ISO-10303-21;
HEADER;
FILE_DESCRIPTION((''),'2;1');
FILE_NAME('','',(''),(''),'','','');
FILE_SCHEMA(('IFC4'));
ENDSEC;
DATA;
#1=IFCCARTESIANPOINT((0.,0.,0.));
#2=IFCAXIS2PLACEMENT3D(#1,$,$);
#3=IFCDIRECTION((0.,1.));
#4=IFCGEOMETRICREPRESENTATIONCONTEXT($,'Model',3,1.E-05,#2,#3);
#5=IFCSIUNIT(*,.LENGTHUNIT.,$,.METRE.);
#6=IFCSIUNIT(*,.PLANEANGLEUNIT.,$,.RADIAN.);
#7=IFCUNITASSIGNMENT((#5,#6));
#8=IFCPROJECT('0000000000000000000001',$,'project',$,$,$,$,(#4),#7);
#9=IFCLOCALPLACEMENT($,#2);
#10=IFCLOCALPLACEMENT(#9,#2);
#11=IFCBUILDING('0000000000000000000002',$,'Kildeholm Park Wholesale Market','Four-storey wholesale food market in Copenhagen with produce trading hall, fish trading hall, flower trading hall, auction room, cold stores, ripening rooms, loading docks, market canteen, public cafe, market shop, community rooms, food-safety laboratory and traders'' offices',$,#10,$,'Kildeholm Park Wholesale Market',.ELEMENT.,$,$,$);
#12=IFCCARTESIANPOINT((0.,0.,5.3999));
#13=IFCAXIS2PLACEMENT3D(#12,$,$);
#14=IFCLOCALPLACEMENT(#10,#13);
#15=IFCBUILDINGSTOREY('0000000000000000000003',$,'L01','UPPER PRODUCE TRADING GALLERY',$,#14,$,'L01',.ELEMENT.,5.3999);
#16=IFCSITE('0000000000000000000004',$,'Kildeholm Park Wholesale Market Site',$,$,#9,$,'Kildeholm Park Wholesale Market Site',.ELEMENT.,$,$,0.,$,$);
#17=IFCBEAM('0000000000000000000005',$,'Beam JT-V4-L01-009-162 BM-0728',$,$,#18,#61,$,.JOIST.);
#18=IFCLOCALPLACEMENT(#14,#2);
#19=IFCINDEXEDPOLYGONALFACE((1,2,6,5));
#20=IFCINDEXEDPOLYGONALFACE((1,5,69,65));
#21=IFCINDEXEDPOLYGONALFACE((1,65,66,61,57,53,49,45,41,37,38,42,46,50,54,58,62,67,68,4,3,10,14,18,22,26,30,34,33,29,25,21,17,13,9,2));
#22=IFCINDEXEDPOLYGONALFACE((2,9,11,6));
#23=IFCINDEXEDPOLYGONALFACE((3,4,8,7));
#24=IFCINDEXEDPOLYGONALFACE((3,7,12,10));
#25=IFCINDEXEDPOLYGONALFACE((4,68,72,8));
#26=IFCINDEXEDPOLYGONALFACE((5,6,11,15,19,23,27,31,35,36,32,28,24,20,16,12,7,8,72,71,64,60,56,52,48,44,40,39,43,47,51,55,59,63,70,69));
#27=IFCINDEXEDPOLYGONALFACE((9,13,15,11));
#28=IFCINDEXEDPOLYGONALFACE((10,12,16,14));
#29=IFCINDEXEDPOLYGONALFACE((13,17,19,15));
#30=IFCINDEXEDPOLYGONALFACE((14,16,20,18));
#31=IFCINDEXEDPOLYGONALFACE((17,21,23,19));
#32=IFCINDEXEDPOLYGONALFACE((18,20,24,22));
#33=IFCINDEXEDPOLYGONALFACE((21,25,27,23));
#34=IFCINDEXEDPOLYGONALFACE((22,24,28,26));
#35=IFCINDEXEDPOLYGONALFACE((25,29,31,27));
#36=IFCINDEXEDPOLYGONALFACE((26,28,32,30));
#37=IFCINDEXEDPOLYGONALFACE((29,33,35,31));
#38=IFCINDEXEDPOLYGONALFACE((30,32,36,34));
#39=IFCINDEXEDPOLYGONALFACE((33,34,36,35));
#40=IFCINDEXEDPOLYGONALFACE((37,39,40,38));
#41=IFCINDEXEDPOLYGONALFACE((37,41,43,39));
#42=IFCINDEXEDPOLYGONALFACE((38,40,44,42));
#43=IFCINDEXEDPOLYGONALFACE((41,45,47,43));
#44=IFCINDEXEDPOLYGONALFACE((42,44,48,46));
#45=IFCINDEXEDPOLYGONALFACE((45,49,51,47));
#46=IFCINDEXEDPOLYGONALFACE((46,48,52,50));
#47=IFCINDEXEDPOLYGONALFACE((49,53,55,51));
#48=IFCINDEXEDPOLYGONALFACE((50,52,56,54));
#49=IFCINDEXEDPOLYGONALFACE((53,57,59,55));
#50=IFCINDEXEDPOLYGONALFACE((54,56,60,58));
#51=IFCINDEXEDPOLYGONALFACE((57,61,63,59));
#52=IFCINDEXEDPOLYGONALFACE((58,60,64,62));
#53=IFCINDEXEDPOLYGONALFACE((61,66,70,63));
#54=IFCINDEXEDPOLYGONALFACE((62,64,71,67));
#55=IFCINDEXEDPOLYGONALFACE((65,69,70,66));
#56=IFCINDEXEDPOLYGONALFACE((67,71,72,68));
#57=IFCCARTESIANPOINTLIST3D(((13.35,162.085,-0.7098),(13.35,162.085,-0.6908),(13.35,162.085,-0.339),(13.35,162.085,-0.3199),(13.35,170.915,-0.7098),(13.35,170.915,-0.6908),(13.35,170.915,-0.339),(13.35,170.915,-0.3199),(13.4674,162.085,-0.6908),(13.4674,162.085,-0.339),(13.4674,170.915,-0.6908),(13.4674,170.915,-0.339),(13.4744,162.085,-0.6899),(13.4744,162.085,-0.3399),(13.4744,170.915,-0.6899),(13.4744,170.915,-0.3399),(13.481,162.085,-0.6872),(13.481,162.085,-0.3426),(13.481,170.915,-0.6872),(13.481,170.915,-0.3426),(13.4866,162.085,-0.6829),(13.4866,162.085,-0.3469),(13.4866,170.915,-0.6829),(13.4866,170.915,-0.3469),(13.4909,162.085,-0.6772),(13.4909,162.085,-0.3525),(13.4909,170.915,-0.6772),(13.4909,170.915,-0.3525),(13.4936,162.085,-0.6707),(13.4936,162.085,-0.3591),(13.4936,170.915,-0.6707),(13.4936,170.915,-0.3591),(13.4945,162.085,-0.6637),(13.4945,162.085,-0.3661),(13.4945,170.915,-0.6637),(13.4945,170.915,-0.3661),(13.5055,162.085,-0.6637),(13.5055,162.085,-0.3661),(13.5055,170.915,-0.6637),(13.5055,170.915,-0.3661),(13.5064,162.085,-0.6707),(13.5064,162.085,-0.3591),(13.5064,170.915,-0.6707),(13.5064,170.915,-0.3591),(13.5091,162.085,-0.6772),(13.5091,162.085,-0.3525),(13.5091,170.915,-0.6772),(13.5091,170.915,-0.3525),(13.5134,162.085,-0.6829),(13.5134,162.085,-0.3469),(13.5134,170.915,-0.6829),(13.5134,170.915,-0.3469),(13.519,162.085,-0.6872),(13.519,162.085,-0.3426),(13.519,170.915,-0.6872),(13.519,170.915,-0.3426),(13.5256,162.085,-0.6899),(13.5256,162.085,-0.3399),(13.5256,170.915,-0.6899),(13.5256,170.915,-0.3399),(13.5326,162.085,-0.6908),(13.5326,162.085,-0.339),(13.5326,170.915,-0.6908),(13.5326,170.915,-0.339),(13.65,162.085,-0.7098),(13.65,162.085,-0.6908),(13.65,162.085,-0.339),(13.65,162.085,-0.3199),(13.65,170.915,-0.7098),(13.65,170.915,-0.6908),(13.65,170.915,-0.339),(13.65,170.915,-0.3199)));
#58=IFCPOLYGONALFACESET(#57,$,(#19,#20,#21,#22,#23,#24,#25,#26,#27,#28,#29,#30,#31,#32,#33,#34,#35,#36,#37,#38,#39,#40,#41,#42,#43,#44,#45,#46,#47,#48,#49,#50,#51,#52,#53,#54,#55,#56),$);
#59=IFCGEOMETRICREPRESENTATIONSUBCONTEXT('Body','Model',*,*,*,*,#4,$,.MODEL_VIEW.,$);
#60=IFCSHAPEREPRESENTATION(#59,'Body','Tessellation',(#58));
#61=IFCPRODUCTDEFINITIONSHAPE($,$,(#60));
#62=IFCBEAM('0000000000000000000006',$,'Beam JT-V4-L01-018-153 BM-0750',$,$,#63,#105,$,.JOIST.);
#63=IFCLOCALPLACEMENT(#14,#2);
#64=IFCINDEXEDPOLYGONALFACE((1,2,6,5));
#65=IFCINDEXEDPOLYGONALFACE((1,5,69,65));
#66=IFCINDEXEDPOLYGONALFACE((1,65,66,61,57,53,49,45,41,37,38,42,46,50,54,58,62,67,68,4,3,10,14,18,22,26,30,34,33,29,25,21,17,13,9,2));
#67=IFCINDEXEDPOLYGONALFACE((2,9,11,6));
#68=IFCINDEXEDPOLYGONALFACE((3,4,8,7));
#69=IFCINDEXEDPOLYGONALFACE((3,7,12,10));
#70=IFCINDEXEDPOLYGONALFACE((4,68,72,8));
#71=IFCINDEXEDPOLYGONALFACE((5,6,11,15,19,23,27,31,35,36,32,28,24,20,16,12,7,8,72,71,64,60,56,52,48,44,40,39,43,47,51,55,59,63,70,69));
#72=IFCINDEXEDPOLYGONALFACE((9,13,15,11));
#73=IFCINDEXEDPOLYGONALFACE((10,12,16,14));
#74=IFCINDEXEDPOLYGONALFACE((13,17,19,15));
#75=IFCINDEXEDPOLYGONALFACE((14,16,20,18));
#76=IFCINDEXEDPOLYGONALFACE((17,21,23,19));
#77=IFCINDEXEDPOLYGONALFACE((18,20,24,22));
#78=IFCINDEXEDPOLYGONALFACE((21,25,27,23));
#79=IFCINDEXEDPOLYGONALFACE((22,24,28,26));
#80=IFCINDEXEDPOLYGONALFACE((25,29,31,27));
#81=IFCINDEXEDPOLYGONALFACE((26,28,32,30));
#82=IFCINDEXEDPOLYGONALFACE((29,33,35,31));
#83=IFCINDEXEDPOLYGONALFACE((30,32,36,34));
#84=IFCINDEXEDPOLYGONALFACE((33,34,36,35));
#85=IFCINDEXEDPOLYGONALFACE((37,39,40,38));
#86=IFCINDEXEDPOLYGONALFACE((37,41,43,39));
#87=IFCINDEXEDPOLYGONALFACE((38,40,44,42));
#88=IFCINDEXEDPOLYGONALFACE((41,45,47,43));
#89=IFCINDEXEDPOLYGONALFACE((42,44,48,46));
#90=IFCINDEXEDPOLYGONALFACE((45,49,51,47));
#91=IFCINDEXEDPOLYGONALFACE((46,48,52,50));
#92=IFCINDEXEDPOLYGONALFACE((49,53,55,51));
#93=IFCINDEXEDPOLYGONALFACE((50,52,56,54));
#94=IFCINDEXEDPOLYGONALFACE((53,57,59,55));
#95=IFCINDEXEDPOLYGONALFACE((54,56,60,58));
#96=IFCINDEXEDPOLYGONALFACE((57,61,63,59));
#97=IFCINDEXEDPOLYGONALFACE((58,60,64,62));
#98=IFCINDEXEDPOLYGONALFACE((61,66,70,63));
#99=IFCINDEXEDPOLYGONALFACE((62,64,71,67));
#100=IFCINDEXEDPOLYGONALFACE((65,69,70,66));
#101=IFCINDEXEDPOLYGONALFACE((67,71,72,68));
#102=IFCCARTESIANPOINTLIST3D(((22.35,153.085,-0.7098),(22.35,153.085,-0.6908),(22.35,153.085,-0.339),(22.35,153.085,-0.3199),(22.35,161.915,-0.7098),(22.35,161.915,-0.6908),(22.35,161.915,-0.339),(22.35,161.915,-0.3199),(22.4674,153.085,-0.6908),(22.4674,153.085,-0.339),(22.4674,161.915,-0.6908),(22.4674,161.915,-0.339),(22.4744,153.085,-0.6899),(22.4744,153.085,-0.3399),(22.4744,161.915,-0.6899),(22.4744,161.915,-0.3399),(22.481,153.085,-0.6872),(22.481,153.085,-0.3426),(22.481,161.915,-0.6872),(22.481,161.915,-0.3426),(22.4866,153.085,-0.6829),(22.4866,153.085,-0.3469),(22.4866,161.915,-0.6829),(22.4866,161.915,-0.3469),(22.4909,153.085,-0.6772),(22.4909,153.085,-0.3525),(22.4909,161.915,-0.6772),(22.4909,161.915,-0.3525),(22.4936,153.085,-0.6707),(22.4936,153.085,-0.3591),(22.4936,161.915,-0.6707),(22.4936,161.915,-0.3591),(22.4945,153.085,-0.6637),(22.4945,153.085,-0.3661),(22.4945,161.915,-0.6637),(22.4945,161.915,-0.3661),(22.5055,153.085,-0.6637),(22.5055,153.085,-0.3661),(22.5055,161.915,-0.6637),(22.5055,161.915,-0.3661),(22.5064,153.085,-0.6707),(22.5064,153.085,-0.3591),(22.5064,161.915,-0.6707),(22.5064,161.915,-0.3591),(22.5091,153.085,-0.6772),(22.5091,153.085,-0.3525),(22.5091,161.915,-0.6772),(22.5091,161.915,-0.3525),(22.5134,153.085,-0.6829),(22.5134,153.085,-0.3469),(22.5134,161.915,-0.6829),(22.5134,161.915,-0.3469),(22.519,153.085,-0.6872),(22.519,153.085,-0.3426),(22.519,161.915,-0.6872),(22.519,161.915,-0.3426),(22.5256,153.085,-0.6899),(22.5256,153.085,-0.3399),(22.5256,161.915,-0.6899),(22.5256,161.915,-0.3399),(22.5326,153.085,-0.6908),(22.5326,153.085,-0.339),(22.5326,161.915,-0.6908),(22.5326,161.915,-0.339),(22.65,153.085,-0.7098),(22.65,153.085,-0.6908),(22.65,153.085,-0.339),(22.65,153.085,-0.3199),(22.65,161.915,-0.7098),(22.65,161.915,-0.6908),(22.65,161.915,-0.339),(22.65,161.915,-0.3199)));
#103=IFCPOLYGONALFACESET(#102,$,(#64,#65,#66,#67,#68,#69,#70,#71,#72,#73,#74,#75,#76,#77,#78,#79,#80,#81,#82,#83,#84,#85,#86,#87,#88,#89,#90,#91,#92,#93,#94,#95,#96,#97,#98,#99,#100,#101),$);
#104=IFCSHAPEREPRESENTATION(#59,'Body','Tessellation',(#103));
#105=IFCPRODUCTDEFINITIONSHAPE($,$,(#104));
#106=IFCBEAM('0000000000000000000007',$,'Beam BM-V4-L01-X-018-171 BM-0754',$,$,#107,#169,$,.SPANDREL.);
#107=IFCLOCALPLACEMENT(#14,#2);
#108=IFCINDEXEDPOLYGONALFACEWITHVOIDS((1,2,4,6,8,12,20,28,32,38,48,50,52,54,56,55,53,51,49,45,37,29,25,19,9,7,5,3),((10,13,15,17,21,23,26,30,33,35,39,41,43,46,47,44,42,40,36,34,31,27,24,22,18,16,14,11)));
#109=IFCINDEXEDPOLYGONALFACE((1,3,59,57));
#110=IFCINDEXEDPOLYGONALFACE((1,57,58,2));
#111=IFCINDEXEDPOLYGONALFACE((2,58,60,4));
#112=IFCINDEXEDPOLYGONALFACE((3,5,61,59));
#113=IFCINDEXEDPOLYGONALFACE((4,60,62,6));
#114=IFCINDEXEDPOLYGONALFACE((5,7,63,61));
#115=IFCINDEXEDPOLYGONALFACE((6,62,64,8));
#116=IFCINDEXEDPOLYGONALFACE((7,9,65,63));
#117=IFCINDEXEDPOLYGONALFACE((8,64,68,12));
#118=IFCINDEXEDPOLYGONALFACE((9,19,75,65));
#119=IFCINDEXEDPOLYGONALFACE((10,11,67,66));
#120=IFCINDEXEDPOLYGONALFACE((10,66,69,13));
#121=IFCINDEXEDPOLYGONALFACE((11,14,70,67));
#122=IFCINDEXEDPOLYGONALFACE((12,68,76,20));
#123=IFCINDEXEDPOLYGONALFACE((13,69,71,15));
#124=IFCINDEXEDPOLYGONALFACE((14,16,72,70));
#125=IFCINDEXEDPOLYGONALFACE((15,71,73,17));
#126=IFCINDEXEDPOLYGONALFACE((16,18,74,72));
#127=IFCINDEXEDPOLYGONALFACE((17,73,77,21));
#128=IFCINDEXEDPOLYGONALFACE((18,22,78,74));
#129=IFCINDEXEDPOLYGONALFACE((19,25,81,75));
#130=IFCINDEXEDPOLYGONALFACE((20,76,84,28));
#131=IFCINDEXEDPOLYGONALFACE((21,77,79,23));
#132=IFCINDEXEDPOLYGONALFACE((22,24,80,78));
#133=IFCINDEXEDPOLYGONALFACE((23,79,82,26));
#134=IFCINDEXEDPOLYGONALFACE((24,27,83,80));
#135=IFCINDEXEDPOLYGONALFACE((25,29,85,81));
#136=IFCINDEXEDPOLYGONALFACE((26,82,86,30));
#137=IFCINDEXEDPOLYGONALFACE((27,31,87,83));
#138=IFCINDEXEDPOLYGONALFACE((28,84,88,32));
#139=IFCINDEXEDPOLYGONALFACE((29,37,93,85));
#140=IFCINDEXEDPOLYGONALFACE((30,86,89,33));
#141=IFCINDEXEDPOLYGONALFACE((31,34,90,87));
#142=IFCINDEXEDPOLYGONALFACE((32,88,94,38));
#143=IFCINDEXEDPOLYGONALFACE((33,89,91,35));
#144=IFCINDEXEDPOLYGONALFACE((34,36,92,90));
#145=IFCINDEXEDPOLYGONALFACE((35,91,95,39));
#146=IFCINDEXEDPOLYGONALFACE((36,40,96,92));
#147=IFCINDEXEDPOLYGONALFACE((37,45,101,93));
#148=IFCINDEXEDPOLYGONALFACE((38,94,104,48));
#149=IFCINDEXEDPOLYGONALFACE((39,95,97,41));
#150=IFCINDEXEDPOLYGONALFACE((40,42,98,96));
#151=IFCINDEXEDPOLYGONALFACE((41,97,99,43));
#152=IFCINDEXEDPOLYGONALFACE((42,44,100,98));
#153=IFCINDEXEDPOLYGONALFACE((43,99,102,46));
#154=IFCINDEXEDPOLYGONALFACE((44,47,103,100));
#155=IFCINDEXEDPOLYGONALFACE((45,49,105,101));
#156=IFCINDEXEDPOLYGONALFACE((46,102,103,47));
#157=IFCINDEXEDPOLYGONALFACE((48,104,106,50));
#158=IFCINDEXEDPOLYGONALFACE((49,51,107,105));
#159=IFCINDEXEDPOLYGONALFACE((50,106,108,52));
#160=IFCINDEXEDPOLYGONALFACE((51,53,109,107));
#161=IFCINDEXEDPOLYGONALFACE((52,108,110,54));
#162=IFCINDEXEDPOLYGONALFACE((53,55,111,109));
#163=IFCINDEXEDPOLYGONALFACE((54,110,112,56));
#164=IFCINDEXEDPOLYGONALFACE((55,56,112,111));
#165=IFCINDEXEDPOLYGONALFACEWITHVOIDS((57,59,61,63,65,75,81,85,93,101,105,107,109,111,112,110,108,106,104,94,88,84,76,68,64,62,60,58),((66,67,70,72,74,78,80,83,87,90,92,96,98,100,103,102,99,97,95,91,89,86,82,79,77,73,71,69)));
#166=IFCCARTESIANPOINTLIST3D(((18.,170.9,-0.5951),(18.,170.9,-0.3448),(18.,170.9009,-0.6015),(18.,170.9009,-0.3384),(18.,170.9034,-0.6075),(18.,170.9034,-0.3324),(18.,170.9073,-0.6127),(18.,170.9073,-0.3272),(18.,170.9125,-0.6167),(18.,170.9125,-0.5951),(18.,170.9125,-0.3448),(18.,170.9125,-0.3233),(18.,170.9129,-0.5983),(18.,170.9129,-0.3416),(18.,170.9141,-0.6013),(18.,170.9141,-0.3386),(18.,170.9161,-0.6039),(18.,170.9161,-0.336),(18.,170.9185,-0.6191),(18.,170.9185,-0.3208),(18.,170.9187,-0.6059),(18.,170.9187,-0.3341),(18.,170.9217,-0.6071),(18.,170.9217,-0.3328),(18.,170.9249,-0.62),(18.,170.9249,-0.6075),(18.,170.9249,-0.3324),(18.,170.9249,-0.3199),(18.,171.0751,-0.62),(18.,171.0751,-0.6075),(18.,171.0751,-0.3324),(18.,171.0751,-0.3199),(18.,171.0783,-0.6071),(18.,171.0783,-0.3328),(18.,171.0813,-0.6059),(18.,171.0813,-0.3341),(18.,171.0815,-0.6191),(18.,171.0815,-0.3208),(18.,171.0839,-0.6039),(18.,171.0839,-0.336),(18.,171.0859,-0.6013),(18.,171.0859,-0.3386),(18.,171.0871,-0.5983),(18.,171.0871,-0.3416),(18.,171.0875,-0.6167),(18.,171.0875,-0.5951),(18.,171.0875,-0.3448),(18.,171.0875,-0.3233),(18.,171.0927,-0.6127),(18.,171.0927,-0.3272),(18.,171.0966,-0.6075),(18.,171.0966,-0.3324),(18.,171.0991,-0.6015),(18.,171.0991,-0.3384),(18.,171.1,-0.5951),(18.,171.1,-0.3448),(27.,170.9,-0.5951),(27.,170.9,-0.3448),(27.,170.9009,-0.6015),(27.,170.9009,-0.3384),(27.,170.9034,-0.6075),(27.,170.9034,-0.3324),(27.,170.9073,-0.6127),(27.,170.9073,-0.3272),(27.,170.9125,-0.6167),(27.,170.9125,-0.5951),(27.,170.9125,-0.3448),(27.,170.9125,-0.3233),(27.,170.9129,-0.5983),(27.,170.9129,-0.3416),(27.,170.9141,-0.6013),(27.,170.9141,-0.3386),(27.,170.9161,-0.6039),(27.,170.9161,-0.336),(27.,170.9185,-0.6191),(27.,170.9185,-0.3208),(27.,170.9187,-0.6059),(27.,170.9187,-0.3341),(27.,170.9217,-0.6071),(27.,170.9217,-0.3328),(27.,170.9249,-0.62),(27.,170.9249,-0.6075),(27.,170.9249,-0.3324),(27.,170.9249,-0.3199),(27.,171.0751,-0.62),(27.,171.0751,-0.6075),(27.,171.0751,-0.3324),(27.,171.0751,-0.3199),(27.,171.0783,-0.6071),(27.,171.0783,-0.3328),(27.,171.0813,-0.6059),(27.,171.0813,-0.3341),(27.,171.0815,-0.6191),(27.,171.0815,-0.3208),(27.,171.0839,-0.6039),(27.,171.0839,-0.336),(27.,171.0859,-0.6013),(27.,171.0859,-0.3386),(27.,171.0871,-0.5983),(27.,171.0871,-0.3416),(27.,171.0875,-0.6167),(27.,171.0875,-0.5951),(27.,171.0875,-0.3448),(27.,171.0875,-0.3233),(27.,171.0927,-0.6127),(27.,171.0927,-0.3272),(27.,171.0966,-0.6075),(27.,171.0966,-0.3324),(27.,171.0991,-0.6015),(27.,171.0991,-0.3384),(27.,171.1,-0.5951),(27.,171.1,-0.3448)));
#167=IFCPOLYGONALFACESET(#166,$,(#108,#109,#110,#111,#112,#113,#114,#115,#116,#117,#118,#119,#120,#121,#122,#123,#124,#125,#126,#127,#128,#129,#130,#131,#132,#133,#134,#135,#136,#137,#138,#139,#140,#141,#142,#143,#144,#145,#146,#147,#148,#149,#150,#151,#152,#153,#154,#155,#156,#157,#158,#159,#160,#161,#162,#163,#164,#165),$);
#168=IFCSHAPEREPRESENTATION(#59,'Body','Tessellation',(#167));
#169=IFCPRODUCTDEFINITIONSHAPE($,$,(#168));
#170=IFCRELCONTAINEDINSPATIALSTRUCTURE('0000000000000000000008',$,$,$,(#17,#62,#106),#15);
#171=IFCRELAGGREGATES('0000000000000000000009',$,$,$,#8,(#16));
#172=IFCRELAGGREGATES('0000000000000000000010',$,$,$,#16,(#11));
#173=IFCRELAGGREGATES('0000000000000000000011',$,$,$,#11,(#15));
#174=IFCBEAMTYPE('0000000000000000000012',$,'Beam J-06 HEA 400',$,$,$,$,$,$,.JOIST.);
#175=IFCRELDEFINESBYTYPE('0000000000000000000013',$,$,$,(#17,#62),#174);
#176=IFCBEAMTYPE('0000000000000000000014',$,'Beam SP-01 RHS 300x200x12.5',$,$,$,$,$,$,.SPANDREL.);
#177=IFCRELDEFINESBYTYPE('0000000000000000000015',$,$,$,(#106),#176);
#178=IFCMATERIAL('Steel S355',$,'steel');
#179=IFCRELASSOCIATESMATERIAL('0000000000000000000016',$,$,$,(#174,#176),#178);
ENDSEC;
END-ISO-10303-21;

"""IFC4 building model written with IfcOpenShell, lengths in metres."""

from ifc_helpers import new_model, si_unit, direction, frame, origin, origin_2d, place, context, subcontext, project, spatial, hollow_rectangle, i_section, extrude, material, material_profile, profile_set, type_object, element, save


model = new_model("IFC4")

# Units and contexts
model_context = context("Model", 3, precision=1e-05, world=origin(), true_north=direction((0.0, 1.0)))
body_context = subcontext(model_context, "Body", "Model", "MODEL_VIEW")
ifc_project = project(units=[si_unit("LENGTHUNIT", "METRE"), si_unit("PLANEANGLEUNIT", "RADIAN")], contexts=[model_context])

# Site, building, storey
site_placement = place(None, origin())
site = spatial("IfcSite", under=ifc_project, at=site_placement, Name="Kildeholm Park Wholesale Market Site", LongName="Kildeholm Park Wholesale Market Site", CompositionType="ELEMENT", RefElevation=0.0)
building_placement = place(site_placement, origin())
building = spatial("IfcBuilding", under=site, at=building_placement, Name="Kildeholm Park Wholesale Market", Description="Four-storey wholesale food market in Copenhagen with produce trading hall, fish trading hall, flower trading hall, auction room, cold stores, ripening rooms, loading docks, market canteen, public cafe, market shop, community rooms, food-safety laboratory and traders' offices", LongName="Kildeholm Park Wholesale Market", CompositionType="ELEMENT")
storey_placement = place(building_placement, frame((0.0, 0.0, 5.3999)))
storey = spatial("IfcBuildingStorey", under=building, at=storey_placement, Name="L01", Description="UPPER PRODUCE TRADING GALLERY", LongName="L01", CompositionType="ELEMENT", Elevation=5.3999)

# Beams
ifc_material_1 = material(Name="Steel S355", Category="steel")
ifc_material_profile_1 = material_profile(ifc_material_1, i_section(OverallWidth=0.3, OverallDepth=0.3899, WebThickness=0.011, FlangeThickness=0.019, FilletRadius=0.0271, at=origin_2d()), Name="HEA 400")
ifc_profile_set_1 = profile_set([ifc_material_profile_1], Name="Steel S355")
beam_type_1 = type_object("IfcBeamType", Name="Beam J-06 HEA 400", PredefinedType="JOIST", material=ifc_profile_set_1)
for number, where, z_axis, x_axis, name in (
    (1, (13.5, 162.085, -0.5149), (0.0, 1.0, 0.0), (-1.0, 0.0, 0.0), "Beam JT-V4-L01-009-162 BM-0728"),
    (2, (22.5, 153.085, -0.5149), (0.0, 1.0, 0.0), (-1.0, 0.0, 0.0), "Beam JT-V4-L01-018-153 BM-0750"),
):
    element("IfcBeam", number, at=place(storey_placement, frame(where, z_axis=z_axis, x_axis=x_axis)), inside=storey, type_object=beam_type_1, Name=name, PredefinedType="JOIST", context=body_context, shape_type="SweptSolid", body=[
        extrude(i_section(OverallWidth=0.3, OverallDepth=0.3899, WebThickness=0.011, FlangeThickness=0.019, FilletRadius=0.0271, at=origin_2d()), origin(), (0.0, 0.0, 1.0), 8.8301),
    ])
ifc_material_profile_2 = material_profile(ifc_material_1, hollow_rectangle(XDim=0.2, YDim=0.3, WallThickness=0.0125, InnerFilletRadius=0.0125, OuterFilletRadius=0.0249, at=origin_2d()), Name="RHS 300x200x12.5")
ifc_profile_set_2 = profile_set([ifc_material_profile_2], Name="Steel S355")
beam_type_2 = type_object("IfcBeamType", Name="Beam SP-01 RHS 300x200x12.5", PredefinedType="SPANDREL", material=ifc_profile_set_2)
beam_1_placement = place(storey_placement, frame((18.0, 171.0, -0.47), z_axis=(1.0, 0.0, 0.0), x_axis=(0.0, 1.0, 0.0)))
element("IfcBeam", 3, at=beam_1_placement, inside=storey, type_object=beam_type_2, Name="Beam BM-V4-L01-X-018-171 BM-0754", PredefinedType="SPANDREL", context=body_context, shape_type="SweptSolid", body=[
    extrude(hollow_rectangle(XDim=0.2, YDim=0.3, WallThickness=0.0125, InnerFilletRadius=0.0125, OuterFilletRadius=0.0249, at=origin_2d()), origin(), (0.0, 0.0, 1.0), 9.0),
])

save(model, "model.ifc")
